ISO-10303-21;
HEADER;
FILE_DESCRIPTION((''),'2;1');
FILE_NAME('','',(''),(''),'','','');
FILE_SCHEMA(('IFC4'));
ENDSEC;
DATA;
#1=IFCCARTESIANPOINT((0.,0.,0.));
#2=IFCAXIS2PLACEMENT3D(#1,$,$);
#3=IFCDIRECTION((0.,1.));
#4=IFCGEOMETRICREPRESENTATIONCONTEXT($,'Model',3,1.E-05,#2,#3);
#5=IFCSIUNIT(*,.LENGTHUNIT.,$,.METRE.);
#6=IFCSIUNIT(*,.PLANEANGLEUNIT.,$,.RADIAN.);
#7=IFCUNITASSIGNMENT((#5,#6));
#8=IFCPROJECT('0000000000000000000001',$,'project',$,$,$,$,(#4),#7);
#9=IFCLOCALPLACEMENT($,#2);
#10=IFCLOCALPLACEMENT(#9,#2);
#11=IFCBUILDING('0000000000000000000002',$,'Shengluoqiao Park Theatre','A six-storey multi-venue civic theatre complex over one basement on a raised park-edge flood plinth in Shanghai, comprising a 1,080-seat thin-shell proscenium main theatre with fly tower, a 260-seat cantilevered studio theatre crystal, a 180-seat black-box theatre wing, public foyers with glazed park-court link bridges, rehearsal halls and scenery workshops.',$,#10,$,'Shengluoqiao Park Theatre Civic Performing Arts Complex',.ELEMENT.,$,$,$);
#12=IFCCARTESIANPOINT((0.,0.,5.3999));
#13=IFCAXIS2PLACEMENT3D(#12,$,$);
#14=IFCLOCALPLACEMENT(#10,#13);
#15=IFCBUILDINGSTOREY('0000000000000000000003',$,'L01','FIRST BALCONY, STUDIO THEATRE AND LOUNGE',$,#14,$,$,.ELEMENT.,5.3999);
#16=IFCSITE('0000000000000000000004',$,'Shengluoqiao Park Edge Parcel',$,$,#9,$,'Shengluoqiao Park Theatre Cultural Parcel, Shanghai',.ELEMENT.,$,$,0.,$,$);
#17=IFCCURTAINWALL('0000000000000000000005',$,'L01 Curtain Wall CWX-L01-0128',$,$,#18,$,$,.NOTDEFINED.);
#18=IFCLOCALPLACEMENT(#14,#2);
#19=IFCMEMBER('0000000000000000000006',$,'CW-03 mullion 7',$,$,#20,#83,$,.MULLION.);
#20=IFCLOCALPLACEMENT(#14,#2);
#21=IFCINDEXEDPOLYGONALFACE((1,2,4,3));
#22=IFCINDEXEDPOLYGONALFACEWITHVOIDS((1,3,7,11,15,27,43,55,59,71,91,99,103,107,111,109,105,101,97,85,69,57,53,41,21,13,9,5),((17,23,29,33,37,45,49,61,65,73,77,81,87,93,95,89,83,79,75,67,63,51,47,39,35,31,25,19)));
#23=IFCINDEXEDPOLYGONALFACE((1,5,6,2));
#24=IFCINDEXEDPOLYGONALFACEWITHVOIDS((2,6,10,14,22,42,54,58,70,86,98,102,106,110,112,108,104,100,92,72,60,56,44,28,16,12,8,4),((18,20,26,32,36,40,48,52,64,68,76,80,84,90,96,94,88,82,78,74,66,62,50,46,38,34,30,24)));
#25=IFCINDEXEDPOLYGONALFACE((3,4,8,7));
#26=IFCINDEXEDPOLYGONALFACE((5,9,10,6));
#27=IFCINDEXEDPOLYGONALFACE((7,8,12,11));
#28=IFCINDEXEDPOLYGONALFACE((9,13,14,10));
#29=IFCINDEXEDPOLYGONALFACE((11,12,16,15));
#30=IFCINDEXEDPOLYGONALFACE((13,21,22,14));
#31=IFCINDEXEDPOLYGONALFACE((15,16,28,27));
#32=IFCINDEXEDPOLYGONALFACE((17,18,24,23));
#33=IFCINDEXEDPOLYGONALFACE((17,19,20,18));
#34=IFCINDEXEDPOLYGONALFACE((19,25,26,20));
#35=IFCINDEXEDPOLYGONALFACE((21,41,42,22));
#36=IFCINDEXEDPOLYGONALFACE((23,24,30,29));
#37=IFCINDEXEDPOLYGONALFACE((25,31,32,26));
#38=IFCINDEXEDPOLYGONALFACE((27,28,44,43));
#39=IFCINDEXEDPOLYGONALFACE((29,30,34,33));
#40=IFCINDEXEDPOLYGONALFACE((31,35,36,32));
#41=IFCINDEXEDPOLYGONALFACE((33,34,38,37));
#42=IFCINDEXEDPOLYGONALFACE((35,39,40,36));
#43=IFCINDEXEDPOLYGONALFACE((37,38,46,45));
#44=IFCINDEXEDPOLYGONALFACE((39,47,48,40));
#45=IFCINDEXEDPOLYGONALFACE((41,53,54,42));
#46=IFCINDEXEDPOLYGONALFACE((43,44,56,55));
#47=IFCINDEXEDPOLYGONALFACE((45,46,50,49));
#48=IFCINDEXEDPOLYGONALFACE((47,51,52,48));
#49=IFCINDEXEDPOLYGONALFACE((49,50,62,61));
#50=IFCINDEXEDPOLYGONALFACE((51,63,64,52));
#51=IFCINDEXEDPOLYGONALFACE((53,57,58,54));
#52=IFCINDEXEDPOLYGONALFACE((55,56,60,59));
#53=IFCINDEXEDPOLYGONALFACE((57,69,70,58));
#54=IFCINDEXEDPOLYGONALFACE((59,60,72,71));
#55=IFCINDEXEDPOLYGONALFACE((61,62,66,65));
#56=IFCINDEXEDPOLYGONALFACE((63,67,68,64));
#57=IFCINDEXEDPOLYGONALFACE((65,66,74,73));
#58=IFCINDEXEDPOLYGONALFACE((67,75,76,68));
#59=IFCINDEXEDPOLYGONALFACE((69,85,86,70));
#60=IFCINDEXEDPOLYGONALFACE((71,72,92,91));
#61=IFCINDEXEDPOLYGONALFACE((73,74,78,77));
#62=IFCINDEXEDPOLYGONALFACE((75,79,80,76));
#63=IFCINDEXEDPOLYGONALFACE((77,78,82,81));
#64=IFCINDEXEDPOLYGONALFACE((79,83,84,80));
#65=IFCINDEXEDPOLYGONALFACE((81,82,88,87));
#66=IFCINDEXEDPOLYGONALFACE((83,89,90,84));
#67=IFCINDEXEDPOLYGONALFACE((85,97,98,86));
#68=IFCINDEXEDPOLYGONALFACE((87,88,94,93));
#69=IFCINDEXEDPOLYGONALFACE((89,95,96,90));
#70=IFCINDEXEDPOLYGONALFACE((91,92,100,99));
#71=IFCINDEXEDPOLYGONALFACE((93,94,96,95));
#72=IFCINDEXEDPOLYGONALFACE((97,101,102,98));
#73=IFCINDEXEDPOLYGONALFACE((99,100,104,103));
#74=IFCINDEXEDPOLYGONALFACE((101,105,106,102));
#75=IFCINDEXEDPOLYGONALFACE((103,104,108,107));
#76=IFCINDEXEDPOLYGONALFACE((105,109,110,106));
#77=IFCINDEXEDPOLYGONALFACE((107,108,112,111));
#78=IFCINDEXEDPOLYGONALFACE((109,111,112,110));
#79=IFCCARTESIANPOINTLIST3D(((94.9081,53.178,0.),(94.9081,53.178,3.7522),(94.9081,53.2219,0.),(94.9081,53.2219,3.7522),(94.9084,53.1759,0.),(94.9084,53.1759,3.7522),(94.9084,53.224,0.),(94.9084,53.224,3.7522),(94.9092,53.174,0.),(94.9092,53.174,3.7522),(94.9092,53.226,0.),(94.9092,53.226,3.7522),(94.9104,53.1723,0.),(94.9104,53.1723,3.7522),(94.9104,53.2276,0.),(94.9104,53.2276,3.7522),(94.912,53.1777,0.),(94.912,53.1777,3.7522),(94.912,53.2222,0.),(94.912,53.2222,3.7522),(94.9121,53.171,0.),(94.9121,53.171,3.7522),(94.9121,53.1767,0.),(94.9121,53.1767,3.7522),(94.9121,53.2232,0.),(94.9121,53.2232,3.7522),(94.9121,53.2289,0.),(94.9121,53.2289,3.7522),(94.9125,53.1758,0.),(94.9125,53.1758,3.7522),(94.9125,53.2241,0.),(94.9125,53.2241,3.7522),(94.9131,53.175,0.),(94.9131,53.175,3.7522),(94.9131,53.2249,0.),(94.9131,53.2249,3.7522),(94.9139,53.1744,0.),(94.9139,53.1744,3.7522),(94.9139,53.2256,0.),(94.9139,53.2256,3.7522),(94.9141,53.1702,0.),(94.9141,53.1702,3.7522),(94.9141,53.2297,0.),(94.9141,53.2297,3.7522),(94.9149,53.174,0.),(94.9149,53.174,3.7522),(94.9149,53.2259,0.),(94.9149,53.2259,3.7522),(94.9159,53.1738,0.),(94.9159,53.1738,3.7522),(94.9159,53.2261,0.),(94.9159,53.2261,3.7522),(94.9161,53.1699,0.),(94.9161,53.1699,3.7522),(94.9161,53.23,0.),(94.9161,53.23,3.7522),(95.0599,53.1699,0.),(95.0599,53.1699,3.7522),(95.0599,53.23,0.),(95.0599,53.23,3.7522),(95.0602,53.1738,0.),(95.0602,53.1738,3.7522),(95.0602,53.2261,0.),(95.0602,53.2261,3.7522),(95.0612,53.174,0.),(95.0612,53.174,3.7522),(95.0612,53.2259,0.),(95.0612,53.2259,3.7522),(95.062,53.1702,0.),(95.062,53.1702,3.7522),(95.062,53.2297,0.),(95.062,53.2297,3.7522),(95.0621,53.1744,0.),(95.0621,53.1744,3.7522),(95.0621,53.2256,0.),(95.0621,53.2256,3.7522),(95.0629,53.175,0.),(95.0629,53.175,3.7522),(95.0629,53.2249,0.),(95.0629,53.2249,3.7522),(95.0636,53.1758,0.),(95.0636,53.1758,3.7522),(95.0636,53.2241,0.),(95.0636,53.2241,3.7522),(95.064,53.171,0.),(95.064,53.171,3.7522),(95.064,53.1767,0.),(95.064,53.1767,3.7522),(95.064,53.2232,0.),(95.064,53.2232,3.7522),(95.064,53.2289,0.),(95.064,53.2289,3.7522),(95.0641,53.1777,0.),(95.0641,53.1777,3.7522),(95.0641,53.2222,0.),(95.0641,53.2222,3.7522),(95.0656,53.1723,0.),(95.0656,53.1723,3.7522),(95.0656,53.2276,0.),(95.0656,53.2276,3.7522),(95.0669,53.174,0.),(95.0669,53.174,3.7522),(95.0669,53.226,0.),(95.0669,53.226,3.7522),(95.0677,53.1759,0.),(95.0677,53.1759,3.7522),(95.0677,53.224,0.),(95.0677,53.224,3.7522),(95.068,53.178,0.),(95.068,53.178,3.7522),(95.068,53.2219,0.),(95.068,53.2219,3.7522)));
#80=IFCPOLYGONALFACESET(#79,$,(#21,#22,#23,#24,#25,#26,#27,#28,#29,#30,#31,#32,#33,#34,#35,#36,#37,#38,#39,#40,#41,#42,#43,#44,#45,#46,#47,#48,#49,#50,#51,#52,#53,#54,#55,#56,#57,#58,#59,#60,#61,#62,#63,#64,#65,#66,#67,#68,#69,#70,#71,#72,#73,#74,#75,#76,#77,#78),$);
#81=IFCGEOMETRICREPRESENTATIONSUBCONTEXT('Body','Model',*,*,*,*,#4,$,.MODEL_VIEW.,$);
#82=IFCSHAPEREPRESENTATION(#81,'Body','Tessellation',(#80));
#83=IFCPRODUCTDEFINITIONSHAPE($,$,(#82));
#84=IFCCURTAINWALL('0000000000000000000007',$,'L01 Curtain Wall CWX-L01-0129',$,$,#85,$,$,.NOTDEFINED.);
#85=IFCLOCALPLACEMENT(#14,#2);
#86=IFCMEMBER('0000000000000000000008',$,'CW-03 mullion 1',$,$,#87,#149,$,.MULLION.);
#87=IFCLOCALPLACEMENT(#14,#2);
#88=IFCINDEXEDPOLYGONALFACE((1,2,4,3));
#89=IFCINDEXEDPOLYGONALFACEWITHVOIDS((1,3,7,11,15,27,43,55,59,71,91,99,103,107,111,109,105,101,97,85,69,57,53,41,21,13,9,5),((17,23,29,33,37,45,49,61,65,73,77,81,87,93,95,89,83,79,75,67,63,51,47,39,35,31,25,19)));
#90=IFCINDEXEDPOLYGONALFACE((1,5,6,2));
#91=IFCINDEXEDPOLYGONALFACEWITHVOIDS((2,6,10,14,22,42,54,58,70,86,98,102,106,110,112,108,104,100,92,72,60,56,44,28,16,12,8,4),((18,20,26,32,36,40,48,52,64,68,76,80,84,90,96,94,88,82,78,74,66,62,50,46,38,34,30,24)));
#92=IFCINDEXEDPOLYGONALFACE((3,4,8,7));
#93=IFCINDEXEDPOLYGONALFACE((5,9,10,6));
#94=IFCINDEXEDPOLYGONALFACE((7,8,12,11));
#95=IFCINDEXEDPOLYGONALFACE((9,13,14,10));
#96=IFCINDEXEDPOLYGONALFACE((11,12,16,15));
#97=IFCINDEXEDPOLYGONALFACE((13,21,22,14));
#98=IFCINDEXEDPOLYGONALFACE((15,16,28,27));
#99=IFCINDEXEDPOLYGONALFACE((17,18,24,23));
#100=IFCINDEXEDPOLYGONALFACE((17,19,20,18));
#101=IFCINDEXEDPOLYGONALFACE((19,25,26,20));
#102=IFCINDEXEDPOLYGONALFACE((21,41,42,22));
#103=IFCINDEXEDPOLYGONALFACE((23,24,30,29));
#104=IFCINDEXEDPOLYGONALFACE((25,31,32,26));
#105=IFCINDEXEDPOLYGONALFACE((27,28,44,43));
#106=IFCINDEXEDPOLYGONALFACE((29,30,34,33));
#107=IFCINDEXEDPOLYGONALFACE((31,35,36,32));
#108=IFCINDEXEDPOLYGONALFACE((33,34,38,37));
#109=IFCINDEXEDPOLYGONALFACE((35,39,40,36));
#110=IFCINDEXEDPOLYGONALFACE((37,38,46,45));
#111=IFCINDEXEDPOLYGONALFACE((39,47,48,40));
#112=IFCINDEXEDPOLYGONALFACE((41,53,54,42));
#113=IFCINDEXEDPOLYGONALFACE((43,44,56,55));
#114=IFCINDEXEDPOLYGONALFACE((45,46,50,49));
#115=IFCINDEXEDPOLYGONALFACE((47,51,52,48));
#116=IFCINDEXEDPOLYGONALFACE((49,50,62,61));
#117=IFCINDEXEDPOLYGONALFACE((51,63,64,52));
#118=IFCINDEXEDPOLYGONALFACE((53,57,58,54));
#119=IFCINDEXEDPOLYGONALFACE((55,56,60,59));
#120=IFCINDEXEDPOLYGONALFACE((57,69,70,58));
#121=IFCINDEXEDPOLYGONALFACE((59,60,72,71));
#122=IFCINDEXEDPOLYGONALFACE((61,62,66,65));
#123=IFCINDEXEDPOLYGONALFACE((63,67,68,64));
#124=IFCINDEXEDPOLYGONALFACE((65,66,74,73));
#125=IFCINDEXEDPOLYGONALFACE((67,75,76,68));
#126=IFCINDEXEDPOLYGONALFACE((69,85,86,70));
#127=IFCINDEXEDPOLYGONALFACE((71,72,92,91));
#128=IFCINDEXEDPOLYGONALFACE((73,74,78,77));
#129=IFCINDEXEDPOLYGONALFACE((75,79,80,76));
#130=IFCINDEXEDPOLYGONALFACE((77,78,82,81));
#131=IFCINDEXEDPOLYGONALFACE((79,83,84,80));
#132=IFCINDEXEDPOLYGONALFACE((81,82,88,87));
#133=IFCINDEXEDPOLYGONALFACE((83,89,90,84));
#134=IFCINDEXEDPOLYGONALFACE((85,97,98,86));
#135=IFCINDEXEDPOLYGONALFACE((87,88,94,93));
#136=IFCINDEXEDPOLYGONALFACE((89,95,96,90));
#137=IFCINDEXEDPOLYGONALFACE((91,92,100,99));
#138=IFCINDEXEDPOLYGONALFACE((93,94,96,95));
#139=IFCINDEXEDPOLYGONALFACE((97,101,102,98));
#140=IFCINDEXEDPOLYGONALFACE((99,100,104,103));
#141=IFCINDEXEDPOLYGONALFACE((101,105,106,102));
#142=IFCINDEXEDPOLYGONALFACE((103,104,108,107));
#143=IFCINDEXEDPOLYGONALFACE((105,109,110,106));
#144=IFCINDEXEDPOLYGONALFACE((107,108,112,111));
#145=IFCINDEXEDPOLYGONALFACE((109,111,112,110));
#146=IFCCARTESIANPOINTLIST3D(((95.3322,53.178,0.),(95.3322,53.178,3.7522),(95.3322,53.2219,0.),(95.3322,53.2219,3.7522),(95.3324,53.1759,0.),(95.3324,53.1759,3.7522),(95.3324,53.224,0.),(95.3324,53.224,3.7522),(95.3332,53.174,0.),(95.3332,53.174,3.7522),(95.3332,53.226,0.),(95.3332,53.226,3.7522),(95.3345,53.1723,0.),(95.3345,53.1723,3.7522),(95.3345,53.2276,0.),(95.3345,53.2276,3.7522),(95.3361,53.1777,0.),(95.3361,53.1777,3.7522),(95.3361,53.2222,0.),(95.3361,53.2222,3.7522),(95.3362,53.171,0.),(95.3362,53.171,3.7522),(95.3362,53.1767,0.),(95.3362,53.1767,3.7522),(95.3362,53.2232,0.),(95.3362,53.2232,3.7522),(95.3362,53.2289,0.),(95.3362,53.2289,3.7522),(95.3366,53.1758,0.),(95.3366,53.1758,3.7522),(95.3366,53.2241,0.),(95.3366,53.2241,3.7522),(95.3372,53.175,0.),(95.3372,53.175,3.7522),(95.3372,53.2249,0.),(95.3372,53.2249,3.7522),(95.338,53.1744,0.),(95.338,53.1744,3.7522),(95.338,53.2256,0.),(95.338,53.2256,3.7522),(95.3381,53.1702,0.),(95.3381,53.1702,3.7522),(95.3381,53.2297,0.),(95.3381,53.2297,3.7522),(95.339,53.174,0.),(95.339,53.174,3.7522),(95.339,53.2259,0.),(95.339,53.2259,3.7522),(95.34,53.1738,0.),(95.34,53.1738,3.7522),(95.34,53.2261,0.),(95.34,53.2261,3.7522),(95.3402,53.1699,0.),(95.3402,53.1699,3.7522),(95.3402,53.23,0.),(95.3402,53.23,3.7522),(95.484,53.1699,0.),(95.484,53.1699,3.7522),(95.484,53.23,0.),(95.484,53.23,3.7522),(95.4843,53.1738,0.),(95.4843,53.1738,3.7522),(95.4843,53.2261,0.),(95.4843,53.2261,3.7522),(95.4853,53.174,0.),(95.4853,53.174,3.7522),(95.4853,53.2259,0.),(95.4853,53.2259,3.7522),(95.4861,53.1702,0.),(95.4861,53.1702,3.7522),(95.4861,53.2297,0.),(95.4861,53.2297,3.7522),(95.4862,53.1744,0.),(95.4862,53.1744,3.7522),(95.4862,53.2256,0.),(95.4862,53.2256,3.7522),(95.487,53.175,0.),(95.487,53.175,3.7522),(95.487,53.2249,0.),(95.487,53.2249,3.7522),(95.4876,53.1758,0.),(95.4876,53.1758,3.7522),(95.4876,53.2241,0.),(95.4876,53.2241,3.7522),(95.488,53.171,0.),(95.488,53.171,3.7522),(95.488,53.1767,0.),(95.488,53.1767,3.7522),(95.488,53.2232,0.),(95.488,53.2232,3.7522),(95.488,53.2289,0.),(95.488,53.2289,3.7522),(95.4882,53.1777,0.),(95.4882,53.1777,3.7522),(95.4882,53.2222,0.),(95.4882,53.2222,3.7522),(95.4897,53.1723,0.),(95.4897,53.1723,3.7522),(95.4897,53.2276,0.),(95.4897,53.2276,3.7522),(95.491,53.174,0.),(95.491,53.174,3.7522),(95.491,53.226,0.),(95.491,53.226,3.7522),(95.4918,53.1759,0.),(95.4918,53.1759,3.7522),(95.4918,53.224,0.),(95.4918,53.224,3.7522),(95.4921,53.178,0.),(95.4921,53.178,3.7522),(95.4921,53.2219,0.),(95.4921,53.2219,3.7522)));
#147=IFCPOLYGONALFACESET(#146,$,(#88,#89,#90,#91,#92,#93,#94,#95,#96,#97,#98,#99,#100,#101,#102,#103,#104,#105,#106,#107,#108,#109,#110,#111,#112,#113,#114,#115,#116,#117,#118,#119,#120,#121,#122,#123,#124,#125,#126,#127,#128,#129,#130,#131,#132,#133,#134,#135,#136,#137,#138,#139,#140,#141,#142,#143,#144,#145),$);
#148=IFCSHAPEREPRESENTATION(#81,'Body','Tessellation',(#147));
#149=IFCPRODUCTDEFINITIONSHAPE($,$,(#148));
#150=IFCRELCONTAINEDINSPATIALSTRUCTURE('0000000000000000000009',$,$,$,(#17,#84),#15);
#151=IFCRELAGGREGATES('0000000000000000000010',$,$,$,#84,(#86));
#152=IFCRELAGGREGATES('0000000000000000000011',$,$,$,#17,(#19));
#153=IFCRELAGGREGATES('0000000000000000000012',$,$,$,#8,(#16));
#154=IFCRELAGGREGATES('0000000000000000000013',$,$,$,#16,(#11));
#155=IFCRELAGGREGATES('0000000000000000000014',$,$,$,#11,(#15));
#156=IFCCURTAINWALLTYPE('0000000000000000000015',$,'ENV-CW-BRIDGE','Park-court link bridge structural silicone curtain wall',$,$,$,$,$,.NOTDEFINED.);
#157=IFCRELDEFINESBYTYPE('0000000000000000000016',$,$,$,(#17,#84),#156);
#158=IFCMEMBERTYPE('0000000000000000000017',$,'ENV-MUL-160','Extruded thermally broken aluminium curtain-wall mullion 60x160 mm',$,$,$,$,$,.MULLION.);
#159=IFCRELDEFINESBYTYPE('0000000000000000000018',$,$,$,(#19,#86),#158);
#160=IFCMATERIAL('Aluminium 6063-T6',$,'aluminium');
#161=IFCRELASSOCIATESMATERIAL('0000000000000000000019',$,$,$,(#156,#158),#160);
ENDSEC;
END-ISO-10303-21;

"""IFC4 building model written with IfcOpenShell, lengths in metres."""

from ifc_helpers import new_model, si_unit, direction, frame, origin, origin_2d, place, context, subcontext, project, spatial, hollow_rectangle, extrude, material, material_profile, profile_set, type_object, element, aggregate, save


model = new_model("IFC4")

# Units and contexts
model_context = context("Model", 3, precision=1e-05, world=origin(), true_north=direction((0.0, 1.0)))
body_context = subcontext(model_context, "Body", "Model", "MODEL_VIEW")
ifc_project = project(units=[si_unit("LENGTHUNIT", "METRE"), si_unit("PLANEANGLEUNIT", "RADIAN")], contexts=[model_context])

# Site, building, storey
site_placement = place(None, origin())
site = spatial("IfcSite", under=ifc_project, at=site_placement, Name="Shengluoqiao Park Edge Parcel", LongName="Shengluoqiao Park Theatre Cultural Parcel, Shanghai", CompositionType="ELEMENT", RefElevation=0.0)
building_placement = place(site_placement, origin())
building = spatial("IfcBuilding", under=site, at=building_placement, Name="Shengluoqiao Park Theatre", Description="A six-storey multi-venue civic theatre complex over one basement on a raised park-edge flood plinth in Shanghai, comprising a 1,080-seat thin-shell proscenium main theatre with fly tower, a 260-seat cantilevered studio theatre crystal, a 180-seat black-box theatre wing, public foyers with glazed park-court link bridges, rehearsal halls and scenery workshops.", LongName="Shengluoqiao Park Theatre Civic Performing Arts Complex", CompositionType="ELEMENT")
storey_placement = place(building_placement, frame((0.0, 0.0, 5.3999)))
storey = spatial("IfcBuildingStorey", under=building, at=storey_placement, Name="L01", Description="FIRST BALCONY, STUDIO THEATRE AND LOUNGE", CompositionType="ELEMENT", Elevation=5.3999)

# Curtain wall, member
ifc_material_1 = material(Name="Aluminium 6063-T6", Category="aluminium")
curtain_wall_type = type_object("IfcCurtainWallType", Name="ENV-CW-BRIDGE", Description="Park-court link bridge structural silicone curtain wall", PredefinedType="NOTDEFINED", material=ifc_material_1)
curtain_wall_1_placement = place(storey_placement, origin())
curtain_wall_1 = element("IfcCurtainWall", 1, at=curtain_wall_1_placement, inside=storey, type_object=curtain_wall_type, Name="L01 Curtain Wall CWX-L01-0128", PredefinedType="NOTDEFINED")
ifc_material_profile_1 = material_profile(ifc_material_1, hollow_rectangle(XDim=0.0601, YDim=0.1599, WallThickness=0.0039, InnerFilletRadius=0.0039, OuterFilletRadius=0.0081, at=origin_2d()), Name="ALU MULLION 160x60x4")
ifc_profile_set_1 = profile_set([ifc_material_profile_1], Name="Aluminium 6063-T6")
member_type_1 = type_object("IfcMemberType", Name="ENV-MUL-160", Description="Extruded thermally broken aluminium curtain-wall mullion 60x160 mm", PredefinedType="MULLION", material=ifc_profile_set_1)
member_1_placement = place(storey_placement, frame((94.988, 53.2, 0.0), z_axis=(0.0, 0.0, 1.0), x_axis=(0.0, 1.0, 0.0)))
member_1 = element("IfcMember", 2, at=member_1_placement, type_object=member_type_1, Name="CW-03 mullion 7", PredefinedType="MULLION", context=body_context, shape_type="SweptSolid", body=[
    extrude(hollow_rectangle(XDim=0.0601, YDim=0.1599, WallThickness=0.0039, InnerFilletRadius=0.0039, OuterFilletRadius=0.0081, at=origin_2d()), origin(), (0.0, 0.0, 1.0), 3.7522),
])

# Curtain wall, member
curtain_wall_2_placement = place(storey_placement, origin())
curtain_wall_2 = element("IfcCurtainWall", 3, at=curtain_wall_2_placement, inside=storey, type_object=curtain_wall_type, Name="L01 Curtain Wall CWX-L01-0129", PredefinedType="NOTDEFINED")
member_2_placement = place(storey_placement, frame((95.4121, 53.2, 0.0), z_axis=(0.0, 0.0, 1.0), x_axis=(0.0, 1.0, 0.0)))
member_2 = element("IfcMember", 4, at=member_2_placement, type_object=member_type_1, Name="CW-03 mullion 1", PredefinedType="MULLION", context=body_context, shape_type="SweptSolid", body=[
    extrude(hollow_rectangle(XDim=0.0601, YDim=0.1599, WallThickness=0.0039, InnerFilletRadius=0.0039, OuterFilletRadius=0.0081, at=origin_2d()), origin(), (0.0, 0.0, 1.0), 3.7522),
])

aggregate(curtain_wall_2, [member_2])

aggregate(curtain_wall_1, [member_1])

save(model, "model.ifc")
